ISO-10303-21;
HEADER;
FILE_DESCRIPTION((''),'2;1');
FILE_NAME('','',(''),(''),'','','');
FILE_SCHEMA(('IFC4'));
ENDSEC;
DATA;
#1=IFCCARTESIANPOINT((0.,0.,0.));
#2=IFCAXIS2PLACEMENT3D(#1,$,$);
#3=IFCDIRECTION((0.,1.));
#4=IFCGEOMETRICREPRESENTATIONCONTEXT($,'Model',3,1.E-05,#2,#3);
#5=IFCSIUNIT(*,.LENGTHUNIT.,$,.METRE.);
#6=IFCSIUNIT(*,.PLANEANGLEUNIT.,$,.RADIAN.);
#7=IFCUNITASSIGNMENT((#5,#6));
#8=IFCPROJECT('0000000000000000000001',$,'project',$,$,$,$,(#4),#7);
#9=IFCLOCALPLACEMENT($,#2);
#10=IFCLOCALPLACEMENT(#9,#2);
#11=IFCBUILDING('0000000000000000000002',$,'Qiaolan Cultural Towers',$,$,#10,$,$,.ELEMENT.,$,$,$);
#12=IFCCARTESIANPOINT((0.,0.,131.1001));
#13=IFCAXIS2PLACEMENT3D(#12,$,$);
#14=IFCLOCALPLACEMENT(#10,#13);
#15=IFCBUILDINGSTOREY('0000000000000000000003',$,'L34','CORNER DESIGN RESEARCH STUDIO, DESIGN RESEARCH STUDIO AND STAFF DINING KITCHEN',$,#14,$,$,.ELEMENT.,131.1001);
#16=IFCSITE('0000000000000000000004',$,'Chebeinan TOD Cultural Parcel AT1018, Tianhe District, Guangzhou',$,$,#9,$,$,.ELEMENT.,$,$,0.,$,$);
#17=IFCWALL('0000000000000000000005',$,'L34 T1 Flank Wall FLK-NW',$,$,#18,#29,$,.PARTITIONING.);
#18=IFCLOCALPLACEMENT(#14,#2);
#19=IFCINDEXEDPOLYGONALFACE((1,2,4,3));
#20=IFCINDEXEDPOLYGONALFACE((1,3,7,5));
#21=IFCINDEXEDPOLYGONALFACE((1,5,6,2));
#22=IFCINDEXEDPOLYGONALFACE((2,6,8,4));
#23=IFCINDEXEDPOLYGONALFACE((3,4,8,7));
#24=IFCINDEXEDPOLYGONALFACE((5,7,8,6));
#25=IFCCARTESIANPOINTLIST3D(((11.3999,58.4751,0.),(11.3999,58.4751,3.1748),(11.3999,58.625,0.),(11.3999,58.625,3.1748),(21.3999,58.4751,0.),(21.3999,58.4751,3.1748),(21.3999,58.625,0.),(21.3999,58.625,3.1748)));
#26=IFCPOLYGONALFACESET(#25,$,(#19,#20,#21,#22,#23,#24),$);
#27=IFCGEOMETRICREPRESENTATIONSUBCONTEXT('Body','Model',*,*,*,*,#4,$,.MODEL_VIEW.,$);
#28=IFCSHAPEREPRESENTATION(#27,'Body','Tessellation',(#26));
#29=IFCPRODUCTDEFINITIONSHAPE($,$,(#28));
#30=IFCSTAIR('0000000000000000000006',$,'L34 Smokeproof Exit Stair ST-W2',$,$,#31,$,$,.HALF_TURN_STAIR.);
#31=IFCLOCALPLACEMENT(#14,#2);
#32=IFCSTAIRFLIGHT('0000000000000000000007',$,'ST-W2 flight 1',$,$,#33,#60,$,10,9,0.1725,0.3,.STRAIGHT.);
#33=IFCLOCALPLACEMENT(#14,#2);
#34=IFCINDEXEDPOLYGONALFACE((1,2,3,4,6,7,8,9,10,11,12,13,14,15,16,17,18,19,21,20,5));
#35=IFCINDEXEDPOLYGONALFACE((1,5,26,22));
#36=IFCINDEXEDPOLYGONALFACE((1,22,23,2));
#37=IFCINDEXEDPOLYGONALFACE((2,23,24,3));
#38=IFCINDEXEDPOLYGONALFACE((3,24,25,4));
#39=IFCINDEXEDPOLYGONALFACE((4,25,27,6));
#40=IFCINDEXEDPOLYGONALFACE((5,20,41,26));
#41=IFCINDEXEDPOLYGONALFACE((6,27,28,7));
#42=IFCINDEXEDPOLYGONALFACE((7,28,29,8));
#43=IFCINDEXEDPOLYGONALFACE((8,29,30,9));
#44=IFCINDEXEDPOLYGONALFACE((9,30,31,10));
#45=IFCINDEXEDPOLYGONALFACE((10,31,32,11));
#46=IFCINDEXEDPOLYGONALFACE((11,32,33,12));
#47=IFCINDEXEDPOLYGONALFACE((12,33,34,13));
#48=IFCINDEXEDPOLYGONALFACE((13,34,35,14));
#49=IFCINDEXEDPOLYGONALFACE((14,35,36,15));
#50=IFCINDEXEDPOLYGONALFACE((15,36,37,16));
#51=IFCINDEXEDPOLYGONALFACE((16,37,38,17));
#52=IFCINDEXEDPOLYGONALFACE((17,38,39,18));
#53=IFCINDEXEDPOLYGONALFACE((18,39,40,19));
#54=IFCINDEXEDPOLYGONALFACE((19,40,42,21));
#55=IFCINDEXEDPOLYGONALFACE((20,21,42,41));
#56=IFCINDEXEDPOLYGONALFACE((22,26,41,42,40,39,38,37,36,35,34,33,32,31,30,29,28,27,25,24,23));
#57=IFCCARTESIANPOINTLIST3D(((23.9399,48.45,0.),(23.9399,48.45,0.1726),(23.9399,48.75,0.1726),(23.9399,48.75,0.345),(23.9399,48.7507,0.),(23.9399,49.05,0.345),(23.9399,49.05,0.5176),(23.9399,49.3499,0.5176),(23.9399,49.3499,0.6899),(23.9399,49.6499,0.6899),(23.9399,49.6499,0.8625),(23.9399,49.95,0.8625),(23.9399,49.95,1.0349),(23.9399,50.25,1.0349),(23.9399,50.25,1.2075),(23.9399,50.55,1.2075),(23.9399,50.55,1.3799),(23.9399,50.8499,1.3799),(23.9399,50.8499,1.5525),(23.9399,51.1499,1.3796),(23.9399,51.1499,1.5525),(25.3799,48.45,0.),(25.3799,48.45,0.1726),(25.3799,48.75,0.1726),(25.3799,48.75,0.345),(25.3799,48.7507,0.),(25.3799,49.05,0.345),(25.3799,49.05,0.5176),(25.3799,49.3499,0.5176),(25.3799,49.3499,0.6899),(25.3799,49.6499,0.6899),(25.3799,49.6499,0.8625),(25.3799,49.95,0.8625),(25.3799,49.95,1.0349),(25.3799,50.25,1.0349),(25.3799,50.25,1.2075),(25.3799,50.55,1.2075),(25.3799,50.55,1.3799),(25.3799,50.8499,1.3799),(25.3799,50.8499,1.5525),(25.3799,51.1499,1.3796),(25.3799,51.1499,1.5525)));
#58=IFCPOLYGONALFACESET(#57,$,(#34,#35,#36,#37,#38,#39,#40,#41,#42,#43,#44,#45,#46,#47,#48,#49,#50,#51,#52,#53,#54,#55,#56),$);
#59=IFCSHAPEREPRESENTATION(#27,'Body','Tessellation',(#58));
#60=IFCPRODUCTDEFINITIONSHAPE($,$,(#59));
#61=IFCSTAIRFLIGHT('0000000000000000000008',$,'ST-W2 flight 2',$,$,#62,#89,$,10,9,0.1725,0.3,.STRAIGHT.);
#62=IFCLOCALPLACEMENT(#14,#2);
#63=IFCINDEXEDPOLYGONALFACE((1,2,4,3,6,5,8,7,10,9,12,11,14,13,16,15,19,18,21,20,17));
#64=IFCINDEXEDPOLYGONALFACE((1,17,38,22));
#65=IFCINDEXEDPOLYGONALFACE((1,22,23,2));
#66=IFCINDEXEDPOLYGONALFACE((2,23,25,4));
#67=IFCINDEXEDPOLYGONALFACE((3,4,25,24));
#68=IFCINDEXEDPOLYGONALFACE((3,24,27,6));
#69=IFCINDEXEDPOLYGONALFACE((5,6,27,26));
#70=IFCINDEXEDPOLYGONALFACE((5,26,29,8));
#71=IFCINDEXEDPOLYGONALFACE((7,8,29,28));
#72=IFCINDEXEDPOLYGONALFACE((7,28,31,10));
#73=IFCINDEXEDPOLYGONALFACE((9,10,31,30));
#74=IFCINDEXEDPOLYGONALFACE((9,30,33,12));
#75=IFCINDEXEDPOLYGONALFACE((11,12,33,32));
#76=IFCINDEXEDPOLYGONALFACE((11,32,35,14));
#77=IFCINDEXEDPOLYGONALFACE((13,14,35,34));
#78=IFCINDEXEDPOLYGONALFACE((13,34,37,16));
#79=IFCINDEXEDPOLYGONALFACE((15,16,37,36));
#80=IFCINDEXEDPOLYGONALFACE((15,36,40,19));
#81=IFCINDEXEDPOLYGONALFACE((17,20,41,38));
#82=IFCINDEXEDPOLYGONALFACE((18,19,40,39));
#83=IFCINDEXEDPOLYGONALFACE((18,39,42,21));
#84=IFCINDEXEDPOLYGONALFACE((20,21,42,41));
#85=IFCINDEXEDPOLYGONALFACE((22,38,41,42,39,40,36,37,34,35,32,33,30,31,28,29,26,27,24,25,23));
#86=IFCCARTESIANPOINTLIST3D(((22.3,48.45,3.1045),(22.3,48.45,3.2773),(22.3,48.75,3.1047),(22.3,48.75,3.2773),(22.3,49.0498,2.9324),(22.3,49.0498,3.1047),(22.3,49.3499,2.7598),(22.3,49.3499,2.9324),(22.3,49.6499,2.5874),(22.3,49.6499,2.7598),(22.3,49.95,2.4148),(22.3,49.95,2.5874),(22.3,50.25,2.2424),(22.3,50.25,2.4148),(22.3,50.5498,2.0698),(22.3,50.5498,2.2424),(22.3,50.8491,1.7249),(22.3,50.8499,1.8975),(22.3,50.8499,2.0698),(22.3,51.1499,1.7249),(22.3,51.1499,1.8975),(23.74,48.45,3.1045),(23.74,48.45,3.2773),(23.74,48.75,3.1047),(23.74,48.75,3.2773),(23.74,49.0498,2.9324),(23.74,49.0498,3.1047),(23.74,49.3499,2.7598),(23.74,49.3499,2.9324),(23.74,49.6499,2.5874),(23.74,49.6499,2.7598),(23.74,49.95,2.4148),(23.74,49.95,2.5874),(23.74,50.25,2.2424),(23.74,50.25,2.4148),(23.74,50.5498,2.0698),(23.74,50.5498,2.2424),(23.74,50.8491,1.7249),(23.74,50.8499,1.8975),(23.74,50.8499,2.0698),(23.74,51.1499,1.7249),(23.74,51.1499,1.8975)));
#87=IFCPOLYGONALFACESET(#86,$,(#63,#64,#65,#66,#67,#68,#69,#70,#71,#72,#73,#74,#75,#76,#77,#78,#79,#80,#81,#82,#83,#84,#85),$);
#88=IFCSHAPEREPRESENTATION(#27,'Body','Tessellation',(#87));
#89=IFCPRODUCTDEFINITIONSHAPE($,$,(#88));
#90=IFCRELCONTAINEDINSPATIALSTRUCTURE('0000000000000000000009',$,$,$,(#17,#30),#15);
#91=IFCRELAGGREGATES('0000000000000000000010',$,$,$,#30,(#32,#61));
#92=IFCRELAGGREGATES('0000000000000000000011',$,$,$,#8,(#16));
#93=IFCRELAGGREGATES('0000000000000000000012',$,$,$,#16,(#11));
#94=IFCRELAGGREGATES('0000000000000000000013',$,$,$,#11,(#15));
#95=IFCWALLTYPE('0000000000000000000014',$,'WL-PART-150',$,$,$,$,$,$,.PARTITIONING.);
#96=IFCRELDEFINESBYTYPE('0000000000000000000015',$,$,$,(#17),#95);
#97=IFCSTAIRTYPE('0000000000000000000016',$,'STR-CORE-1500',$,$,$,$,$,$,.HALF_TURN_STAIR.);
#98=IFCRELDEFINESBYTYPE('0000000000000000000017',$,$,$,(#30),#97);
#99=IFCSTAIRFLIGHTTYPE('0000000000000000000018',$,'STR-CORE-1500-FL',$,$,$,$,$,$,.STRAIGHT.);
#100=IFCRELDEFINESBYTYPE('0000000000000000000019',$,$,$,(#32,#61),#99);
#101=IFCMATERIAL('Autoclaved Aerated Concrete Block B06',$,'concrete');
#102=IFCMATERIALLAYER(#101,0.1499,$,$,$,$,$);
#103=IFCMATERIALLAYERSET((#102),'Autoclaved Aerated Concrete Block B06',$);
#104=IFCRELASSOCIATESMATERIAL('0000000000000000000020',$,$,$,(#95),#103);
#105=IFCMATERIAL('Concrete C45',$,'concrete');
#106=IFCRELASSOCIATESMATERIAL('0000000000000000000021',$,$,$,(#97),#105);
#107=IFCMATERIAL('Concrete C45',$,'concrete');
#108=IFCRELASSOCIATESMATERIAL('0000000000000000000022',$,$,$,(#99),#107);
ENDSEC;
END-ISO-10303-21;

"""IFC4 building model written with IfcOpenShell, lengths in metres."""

from ifc_helpers import new_model, si_unit, direction, frame, frame_2d, origin, place, context, subcontext, project, spatial, polyline, rectangle, outline, extrude, material, layer, layer_set, type_object, element, aggregate, save


model = new_model("IFC4")

# Units and contexts
model_context = context("Model", 3, precision=1e-05, world=origin(), true_north=direction((0.0, 1.0)))
body_context = subcontext(model_context, "Body", "Model", "MODEL_VIEW")
ifc_project = project(units=[si_unit("LENGTHUNIT", "METRE"), si_unit("PLANEANGLEUNIT", "RADIAN")], contexts=[model_context])

# Site, building, storey
site_placement = place(None, origin())
site = spatial("IfcSite", under=ifc_project, at=site_placement, Name="Chebeinan TOD Cultural Parcel AT1018, Tianhe District, Guangzhou", CompositionType="ELEMENT", RefElevation=0.0)
building_placement = place(site_placement, origin())
building = spatial("IfcBuilding", under=site, at=building_placement, Name="Qiaolan Cultural Towers", CompositionType="ELEMENT")
storey_placement = place(building_placement, frame((0.0, 0.0, 131.1001)))
storey = spatial("IfcBuildingStorey", under=building, at=storey_placement, Name="L34", Description="CORNER DESIGN RESEARCH STUDIO, DESIGN RESEARCH STUDIO AND STAFF DINING KITCHEN", CompositionType="ELEMENT", Elevation=131.1001)

# Wall
ifc_material_1 = material(Name="Autoclaved Aerated Concrete Block B06", Category="concrete")
ifc_layer_1 = layer(ifc_material_1, 0.1499)
ifc_layer_set_1 = layer_set([ifc_layer_1], Name="Autoclaved Aerated Concrete Block B06")
wall_type_1 = type_object("IfcWallType", Name="WL-PART-150", PredefinedType="PARTITIONING", material=ifc_layer_set_1)
wall_1_placement = place(storey_placement, frame((11.3999, 58.55, 0.0), z_axis=(0.0, 0.0, 1.0), x_axis=(1.0, 0.0, 0.0)))
element("IfcWall", 1, at=wall_1_placement, inside=storey, type_object=wall_type_1, Name="L34 T1 Flank Wall FLK-NW", PredefinedType="PARTITIONING", context=body_context, shape_type="SweptSolid", body=[
    extrude(rectangle(XDim=10.0, YDim=0.1499, at=frame_2d((5.0, 0.0))), origin(), (0.0, 0.0, 1.0), 3.1748),
])

# Stair, stair flights
ifc_material_2 = material(Name="Concrete C45", Category="concrete")
stair_type = type_object("IfcStairType", Name="STR-CORE-1500", PredefinedType="HALF_TURN_STAIR", material=ifc_material_2)
stair_placement = place(storey_placement, origin())
stair = element("IfcStair", 2, at=stair_placement, inside=storey, type_object=stair_type, Name="L34 Smokeproof Exit Stair ST-W2", PredefinedType="HALF_TURN_STAIR")
ifc_material_3 = material(Name="Concrete C45", Category="concrete")
stair_flight_type = type_object("IfcStairFlightType", Name="STR-CORE-1500-FL", PredefinedType="STRAIGHT", material=ifc_material_3)
stair_flight_1_placement = place(storey_placement, frame((24.6599, 48.45, 0.0), z_axis=(0.0, 0.0, 1.0), x_axis=(0.0, 1.0, 0.0)))
stair_flight_1 = element("IfcStairFlight", 3, at=stair_flight_1_placement, type_object=stair_flight_type, Name="ST-W2 flight 1", NumberOfRisers=10, NumberOfTreads=9, PredefinedType="STRAIGHT", RiserHeight=0.1725, TreadLength=0.3, context=body_context, shape_type="SweptSolid", body=[
    extrude(outline(polyline([(0.0, 0.0), (0.0, 0.1726), (0.3, 0.1726), (0.3, 0.345), (0.6001, 0.345), (0.6001, 0.5176), (0.8999, 0.5176), (0.8999, 0.6899), (1.2, 0.6899), (1.2, 0.8625), (1.5, 0.8625), (1.5, 1.0349), (1.8, 1.0349), (1.8, 1.2075), (2.1001, 1.2075), (2.1001, 1.3799), (2.3999, 1.3799), (2.3999, 1.5525), (2.7, 1.5525), (2.7, 1.7251), (2.7, 1.3796), (0.3008, 0.0), (0.0, 0.0)])), frame((0.0, 0.72, 0.0), z_axis=(0.0, -1.0, 0.0), x_axis=(1.0, 0.0, 0.0)), (0.0, 0.0, 1.0), 1.4399),
])
stair_flight_2_placement = place(storey_placement, frame((23.02, 51.1499, 1.7249), z_axis=(0.0, 0.0, 1.0), x_axis=(0.0, -1.0, 0.0)))
stair_flight_2 = element("IfcStairFlight", 4, at=stair_flight_2_placement, type_object=stair_flight_type, Name="ST-W2 flight 2", NumberOfRisers=10, NumberOfTreads=9, PredefinedType="STRAIGHT", RiserHeight=0.1725, TreadLength=0.3, context=body_context, shape_type="SweptSolid", body=[
    extrude(outline(polyline([(0.0, 0.0), (0.0, 0.1726), (0.3, 0.1726), (0.3, 0.345), (0.6001, 0.345), (0.6001, 0.5176), (0.8999, 0.5176), (0.8999, 0.6899), (1.2, 0.6899), (1.2, 0.8625), (1.5, 0.8625), (1.5, 1.0349), (1.8, 1.0349), (1.8, 1.2075), (2.1001, 1.2075), (2.1001, 1.3799), (2.3999, 1.3799), (2.3999, 1.5525), (2.7, 1.5525), (2.7, 1.7251), (2.7, 1.3796), (0.3008, 0.0), (0.0, 0.0)])), frame((0.0, 0.72, 0.0), z_axis=(0.0, -1.0, 0.0), x_axis=(1.0, 0.0, 0.0)), (0.0, 0.0, 1.0), 1.4399),
])
aggregate(stair, [stair_flight_1, stair_flight_2])

save(model, "model.ifc")
